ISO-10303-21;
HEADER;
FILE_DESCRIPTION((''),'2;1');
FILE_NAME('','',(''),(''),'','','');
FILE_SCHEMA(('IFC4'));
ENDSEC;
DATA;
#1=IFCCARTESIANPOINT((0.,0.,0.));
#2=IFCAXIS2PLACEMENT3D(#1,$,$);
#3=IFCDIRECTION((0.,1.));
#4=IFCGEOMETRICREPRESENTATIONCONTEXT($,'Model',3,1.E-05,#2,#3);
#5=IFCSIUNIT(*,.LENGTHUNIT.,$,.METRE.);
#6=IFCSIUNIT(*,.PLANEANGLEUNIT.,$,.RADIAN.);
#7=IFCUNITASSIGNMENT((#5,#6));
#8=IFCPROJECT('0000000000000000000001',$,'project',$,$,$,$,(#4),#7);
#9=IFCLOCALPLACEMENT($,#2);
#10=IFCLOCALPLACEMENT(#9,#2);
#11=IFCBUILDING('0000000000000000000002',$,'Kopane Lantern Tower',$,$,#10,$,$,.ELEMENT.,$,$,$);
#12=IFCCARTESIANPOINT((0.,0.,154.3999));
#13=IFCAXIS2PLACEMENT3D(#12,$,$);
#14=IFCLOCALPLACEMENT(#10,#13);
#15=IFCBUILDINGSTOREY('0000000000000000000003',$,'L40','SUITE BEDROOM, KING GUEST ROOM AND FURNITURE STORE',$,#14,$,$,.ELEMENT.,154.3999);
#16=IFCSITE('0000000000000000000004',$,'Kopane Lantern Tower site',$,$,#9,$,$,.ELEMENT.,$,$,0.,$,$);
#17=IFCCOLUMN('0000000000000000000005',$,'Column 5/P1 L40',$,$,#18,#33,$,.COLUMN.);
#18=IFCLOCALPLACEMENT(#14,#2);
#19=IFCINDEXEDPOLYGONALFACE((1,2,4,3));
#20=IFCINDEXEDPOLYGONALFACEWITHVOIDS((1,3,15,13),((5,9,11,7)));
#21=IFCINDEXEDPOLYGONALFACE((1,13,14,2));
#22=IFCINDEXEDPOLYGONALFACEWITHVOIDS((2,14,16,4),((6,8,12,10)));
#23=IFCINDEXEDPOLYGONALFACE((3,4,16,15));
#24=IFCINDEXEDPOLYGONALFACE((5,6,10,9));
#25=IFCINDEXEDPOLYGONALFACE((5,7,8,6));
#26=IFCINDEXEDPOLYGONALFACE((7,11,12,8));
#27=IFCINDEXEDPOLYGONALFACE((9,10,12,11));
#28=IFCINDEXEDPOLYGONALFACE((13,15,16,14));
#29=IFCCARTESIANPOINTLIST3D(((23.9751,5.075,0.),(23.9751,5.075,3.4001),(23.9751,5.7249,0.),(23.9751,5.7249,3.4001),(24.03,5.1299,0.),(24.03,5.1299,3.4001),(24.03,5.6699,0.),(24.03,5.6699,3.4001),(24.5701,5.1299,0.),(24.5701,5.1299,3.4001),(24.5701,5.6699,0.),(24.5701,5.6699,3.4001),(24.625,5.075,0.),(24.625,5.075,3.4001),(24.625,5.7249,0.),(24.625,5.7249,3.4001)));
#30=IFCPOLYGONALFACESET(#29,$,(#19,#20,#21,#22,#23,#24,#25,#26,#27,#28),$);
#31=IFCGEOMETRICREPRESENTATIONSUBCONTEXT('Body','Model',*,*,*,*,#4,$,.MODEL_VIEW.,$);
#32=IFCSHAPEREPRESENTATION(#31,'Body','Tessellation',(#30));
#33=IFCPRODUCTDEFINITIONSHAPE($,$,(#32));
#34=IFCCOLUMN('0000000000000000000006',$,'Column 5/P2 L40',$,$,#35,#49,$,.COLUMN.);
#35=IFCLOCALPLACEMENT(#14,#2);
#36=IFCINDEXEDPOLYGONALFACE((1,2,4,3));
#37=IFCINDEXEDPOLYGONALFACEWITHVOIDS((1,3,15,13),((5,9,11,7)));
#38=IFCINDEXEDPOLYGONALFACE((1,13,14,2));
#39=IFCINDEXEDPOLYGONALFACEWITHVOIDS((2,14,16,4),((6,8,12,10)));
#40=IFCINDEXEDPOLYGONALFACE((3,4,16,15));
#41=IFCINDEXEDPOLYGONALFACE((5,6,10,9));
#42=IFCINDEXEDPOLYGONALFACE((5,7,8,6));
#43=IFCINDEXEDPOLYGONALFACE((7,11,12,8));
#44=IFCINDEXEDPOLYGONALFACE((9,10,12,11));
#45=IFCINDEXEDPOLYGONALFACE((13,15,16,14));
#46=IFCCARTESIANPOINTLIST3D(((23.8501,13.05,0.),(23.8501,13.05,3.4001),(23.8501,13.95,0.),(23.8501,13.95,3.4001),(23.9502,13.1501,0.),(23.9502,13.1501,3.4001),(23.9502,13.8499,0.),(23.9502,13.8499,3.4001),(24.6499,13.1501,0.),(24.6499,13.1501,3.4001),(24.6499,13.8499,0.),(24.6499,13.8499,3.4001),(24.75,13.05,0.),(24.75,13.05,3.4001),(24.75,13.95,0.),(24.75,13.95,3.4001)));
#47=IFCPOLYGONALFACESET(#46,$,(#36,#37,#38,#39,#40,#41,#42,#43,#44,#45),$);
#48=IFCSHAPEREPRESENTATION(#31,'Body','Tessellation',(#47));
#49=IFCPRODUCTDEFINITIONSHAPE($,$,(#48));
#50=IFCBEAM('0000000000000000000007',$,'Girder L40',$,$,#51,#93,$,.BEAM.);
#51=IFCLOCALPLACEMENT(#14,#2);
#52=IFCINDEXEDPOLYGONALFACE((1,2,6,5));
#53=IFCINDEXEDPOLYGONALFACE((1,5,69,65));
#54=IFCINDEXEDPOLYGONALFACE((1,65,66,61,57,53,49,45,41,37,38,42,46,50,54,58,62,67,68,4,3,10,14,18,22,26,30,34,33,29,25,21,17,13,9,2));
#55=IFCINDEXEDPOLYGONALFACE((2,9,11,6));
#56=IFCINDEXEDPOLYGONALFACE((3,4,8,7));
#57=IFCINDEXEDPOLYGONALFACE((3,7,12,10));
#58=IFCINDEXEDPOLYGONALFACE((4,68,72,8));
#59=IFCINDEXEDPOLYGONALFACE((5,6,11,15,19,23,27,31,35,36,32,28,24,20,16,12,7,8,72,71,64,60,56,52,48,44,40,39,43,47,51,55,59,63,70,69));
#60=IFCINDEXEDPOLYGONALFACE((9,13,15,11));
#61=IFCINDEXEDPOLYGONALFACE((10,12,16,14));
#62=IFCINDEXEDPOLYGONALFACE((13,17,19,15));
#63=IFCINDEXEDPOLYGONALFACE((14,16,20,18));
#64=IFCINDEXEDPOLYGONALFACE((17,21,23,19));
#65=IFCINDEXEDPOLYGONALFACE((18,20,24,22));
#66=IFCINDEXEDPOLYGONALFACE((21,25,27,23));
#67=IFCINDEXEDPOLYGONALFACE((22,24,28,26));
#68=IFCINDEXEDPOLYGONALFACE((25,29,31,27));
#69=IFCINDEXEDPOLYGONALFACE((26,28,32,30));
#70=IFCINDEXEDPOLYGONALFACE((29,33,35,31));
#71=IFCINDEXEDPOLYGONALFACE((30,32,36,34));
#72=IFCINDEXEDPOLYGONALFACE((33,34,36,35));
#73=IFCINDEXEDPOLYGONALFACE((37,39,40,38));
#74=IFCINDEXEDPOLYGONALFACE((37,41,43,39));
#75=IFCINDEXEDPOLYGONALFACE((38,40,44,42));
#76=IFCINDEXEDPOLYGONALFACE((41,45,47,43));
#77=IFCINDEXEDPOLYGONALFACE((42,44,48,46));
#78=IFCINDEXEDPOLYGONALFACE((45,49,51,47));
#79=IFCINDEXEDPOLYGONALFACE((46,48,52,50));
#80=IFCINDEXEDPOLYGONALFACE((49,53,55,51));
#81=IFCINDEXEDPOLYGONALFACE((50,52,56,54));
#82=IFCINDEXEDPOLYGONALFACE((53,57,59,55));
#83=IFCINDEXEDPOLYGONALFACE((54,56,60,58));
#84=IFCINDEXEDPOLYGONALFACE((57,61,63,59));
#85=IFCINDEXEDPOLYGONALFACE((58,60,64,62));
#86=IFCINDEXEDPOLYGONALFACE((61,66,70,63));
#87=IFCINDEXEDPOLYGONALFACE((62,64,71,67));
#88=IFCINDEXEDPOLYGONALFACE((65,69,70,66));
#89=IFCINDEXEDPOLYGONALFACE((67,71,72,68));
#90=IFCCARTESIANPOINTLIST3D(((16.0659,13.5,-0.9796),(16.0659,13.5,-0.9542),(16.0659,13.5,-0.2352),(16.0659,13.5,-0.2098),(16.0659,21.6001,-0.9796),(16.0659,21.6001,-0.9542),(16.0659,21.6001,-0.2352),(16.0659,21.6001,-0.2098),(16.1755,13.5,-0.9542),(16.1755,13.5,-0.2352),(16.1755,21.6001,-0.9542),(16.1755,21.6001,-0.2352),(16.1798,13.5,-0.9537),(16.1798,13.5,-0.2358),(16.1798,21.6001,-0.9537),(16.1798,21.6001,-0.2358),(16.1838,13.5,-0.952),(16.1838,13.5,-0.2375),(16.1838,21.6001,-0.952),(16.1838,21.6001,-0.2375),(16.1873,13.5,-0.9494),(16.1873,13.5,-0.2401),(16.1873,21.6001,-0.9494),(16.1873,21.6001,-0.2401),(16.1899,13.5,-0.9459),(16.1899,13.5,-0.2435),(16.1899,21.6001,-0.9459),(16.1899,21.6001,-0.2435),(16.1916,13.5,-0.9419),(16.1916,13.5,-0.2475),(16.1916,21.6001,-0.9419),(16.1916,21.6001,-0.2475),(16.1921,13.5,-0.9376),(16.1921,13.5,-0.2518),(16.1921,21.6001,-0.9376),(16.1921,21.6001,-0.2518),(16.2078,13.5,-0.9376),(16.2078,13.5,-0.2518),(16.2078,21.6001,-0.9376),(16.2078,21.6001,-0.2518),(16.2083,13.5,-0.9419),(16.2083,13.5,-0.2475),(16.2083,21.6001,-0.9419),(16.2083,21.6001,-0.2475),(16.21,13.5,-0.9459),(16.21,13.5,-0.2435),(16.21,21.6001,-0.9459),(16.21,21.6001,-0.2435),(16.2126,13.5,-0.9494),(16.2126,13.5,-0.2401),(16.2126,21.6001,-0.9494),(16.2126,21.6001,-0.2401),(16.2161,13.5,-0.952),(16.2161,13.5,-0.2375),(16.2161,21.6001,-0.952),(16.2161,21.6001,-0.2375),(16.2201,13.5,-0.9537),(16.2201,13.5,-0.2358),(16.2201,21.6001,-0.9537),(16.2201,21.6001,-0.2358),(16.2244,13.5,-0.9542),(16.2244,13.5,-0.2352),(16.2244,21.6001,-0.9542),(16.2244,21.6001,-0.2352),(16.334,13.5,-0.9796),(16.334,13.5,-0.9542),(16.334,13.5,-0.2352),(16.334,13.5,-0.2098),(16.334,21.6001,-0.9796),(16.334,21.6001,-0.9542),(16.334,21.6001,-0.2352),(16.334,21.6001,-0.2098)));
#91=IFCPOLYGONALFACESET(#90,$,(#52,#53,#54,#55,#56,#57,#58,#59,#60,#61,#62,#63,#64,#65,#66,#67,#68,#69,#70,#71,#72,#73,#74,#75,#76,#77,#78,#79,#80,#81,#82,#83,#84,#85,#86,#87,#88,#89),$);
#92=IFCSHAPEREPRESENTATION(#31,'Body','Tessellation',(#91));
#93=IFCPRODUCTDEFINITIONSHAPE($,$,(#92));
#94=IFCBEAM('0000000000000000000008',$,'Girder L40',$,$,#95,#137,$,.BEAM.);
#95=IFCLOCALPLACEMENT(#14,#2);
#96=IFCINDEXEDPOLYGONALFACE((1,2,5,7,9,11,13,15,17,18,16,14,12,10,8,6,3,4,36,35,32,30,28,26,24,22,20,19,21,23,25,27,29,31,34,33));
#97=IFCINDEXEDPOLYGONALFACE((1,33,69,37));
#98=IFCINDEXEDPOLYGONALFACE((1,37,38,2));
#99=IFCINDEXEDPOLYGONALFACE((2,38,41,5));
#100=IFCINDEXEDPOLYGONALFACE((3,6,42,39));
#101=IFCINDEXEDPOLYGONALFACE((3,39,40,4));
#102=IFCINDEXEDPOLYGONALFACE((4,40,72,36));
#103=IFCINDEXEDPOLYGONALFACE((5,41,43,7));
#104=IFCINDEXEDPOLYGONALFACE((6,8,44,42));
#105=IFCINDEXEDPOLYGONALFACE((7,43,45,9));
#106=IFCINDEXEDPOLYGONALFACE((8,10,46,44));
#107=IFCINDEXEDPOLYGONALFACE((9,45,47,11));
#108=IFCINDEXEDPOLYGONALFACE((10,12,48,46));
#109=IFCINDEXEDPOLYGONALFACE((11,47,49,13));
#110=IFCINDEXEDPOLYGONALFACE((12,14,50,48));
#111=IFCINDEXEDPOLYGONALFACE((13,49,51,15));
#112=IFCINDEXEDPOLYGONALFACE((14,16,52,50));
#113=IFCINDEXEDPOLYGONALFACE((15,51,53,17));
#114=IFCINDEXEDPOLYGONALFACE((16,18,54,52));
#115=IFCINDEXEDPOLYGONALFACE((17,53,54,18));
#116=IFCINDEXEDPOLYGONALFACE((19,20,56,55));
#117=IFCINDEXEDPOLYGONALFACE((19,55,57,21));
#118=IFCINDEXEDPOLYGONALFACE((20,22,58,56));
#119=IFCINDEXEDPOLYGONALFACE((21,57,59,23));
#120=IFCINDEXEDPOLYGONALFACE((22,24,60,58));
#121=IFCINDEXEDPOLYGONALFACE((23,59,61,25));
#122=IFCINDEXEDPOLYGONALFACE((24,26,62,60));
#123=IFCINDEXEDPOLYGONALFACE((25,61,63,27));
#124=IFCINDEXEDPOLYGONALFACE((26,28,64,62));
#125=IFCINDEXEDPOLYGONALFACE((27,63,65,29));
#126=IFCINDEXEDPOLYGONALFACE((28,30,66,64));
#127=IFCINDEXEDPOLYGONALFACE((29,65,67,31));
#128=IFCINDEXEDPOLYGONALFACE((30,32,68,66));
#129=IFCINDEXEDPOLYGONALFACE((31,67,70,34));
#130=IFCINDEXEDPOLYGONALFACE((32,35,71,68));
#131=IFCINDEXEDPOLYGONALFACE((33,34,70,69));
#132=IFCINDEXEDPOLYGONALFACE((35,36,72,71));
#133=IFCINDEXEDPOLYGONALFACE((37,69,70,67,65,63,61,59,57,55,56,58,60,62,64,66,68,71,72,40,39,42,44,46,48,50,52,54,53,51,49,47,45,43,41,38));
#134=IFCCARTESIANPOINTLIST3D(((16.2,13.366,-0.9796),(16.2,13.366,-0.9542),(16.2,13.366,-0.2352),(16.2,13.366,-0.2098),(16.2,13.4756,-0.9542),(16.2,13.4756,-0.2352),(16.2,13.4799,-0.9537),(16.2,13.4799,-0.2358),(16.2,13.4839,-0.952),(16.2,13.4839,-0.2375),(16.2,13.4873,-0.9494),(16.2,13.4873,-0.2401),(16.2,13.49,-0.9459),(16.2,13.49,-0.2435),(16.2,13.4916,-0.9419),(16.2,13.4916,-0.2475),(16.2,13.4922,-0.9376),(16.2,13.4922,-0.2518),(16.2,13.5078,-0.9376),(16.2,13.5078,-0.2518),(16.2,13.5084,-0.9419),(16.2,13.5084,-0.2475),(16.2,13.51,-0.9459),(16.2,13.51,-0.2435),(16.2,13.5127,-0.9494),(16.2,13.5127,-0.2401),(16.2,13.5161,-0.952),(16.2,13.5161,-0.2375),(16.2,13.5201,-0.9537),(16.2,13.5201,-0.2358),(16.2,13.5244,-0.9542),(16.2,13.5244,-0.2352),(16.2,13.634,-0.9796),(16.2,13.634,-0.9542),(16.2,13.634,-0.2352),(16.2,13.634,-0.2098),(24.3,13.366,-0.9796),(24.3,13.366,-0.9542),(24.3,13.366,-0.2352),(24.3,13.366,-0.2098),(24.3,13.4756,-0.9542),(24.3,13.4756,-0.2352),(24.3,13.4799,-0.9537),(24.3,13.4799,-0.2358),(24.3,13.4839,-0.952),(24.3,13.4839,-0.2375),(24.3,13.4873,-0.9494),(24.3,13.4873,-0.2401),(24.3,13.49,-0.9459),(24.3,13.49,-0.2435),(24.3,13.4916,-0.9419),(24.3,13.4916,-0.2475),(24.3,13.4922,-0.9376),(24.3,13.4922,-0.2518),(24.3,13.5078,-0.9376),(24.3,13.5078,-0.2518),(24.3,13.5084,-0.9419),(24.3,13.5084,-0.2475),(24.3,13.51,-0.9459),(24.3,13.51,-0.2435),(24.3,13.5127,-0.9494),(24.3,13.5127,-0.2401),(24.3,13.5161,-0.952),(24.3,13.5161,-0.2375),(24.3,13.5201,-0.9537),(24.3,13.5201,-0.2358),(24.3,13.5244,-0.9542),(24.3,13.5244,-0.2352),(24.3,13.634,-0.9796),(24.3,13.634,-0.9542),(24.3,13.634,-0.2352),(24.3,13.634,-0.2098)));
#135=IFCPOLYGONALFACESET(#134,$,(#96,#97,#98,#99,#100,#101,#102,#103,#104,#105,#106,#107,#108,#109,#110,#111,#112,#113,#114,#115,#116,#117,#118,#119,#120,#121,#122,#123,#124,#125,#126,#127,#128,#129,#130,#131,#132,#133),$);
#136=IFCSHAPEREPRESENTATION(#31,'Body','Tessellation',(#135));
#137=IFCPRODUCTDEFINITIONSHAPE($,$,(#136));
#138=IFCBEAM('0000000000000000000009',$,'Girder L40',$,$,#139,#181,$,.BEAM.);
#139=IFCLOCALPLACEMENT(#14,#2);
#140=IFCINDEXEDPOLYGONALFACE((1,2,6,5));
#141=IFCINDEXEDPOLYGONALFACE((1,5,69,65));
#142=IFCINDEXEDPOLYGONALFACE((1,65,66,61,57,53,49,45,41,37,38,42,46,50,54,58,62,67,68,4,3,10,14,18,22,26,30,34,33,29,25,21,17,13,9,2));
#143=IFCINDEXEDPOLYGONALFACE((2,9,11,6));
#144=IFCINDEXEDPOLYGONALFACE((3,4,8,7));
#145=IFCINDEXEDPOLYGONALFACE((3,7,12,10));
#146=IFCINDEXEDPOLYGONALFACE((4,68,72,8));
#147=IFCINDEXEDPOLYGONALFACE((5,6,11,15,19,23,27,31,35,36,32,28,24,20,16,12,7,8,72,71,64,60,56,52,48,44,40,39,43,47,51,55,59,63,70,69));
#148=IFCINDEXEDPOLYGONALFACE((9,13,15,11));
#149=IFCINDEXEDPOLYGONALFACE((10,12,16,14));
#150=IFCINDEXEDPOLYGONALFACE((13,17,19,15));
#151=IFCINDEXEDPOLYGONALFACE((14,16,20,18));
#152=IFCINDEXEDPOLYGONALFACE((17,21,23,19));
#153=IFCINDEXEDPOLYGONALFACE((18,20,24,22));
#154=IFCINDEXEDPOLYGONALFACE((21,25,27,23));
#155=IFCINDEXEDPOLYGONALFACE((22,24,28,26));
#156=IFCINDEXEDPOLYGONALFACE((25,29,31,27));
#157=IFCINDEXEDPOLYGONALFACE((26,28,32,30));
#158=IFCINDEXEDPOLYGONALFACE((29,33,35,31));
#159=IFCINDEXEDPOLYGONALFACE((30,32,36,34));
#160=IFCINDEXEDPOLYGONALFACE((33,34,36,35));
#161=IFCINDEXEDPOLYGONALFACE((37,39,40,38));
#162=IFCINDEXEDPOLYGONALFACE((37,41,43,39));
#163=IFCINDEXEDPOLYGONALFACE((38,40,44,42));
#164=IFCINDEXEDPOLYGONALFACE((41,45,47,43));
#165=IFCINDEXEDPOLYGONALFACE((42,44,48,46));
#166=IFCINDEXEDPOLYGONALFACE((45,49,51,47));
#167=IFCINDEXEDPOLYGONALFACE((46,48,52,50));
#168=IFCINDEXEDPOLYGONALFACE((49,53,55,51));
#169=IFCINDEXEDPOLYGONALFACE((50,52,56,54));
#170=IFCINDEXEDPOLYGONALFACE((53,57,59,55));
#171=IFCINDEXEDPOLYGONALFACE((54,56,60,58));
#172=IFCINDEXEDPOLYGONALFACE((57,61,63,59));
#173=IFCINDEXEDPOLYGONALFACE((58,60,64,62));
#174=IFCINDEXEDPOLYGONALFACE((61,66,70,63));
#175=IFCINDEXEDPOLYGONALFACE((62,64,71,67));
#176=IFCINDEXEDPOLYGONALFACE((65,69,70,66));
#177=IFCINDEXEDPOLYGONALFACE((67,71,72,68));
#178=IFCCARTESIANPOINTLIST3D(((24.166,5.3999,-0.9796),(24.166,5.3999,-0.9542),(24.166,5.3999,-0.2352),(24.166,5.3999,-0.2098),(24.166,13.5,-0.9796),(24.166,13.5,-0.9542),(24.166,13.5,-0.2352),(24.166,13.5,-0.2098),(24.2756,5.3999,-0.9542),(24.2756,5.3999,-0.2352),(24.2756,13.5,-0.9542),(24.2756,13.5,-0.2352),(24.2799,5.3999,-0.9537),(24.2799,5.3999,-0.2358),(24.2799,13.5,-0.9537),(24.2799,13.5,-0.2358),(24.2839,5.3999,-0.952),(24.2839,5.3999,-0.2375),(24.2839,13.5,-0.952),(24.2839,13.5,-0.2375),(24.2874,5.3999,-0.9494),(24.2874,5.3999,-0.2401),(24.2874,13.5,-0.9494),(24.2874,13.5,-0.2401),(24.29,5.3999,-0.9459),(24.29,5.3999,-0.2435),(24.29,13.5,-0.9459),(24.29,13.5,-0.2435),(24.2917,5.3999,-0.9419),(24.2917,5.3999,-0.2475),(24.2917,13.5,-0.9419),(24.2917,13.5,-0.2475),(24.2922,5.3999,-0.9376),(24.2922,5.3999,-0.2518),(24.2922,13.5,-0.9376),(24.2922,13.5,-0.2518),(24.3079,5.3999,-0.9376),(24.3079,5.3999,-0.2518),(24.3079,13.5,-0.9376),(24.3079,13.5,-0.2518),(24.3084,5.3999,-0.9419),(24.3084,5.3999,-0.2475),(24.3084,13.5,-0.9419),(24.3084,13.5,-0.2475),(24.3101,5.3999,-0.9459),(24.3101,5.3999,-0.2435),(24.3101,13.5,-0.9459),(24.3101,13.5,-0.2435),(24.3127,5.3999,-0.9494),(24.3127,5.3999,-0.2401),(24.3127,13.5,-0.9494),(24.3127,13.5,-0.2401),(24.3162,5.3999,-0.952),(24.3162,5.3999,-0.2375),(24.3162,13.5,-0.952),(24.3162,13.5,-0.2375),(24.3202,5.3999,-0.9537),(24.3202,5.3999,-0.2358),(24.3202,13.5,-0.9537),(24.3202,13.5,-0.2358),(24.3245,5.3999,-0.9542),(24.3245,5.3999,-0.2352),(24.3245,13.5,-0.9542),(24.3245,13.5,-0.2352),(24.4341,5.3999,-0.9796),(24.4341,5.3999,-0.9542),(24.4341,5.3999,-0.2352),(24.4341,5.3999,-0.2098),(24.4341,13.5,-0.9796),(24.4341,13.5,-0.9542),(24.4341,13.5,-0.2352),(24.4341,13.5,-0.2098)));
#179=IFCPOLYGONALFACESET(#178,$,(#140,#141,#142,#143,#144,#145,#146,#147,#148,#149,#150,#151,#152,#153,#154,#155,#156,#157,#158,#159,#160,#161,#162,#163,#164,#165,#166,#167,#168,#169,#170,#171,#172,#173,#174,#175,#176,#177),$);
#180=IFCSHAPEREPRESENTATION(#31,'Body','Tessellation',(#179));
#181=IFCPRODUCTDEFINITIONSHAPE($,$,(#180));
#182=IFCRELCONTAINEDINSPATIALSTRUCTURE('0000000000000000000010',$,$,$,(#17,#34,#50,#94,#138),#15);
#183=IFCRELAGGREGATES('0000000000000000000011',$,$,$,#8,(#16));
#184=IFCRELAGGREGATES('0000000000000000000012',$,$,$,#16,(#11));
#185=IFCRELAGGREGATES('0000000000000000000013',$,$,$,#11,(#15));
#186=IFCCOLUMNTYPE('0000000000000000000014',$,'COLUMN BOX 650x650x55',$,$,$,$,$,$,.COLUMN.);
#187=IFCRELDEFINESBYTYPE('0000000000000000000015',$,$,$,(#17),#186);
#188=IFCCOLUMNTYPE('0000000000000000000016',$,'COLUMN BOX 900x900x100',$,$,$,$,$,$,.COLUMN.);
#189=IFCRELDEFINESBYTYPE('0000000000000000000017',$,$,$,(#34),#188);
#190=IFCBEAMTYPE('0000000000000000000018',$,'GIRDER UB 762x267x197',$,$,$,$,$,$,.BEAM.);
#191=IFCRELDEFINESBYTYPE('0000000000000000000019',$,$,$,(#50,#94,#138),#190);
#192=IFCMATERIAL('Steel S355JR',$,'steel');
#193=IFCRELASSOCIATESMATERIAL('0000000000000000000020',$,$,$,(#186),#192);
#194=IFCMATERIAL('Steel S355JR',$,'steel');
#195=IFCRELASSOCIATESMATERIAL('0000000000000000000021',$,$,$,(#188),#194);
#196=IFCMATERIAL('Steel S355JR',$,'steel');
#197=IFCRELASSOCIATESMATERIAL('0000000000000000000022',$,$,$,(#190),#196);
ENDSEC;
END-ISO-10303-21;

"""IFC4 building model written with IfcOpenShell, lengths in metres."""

from ifc_helpers import new_model, si_unit, direction, frame, origin, origin_2d, place, context, subcontext, project, spatial, hollow_rectangle, i_section, extrude, material, material_profile, profile_set, type_object, element, save


model = new_model("IFC4")

# Units and contexts
model_context = context("Model", 3, precision=1e-05, world=origin(), true_north=direction((0.0, 1.0)))
body_context = subcontext(model_context, "Body", "Model", "MODEL_VIEW")
ifc_project = project(units=[si_unit("LENGTHUNIT", "METRE"), si_unit("PLANEANGLEUNIT", "RADIAN")], contexts=[model_context])

# Site, building, storey
site_placement = place(None, origin())
site = spatial("IfcSite", under=ifc_project, at=site_placement, Name="Kopane Lantern Tower site", CompositionType="ELEMENT", RefElevation=0.0)
building_placement = place(site_placement, origin())
building = spatial("IfcBuilding", under=site, at=building_placement, Name="Kopane Lantern Tower", CompositionType="ELEMENT")
storey_placement = place(building_placement, frame((0.0, 0.0, 154.3999)))
storey = spatial("IfcBuildingStorey", under=building, at=storey_placement, Name="L40", Description="SUITE BEDROOM, KING GUEST ROOM AND FURNITURE STORE", CompositionType="ELEMENT", Elevation=154.3999)

# Columns
ifc_material_1 = material(Name="Steel S355JR", Category="steel")
ifc_material_profile_1 = material_profile(ifc_material_1, hollow_rectangle(XDim=0.6499, YDim=0.6499, WallThickness=0.0549, at=origin_2d()), Name="BOX 650x650x55")
ifc_profile_set_1 = profile_set([ifc_material_profile_1], Name="Steel S355JR")
column_type_1 = type_object("IfcColumnType", Name="COLUMN BOX 650x650x55", PredefinedType="COLUMN", material=ifc_profile_set_1)
column_1_placement = place(storey_placement, frame((24.3, 5.3999, 0.0), z_axis=(0.0, 0.0, 1.0), x_axis=(1.0, 0.0, 0.0)))
element("IfcColumn", 1, at=column_1_placement, inside=storey, type_object=column_type_1, Name="Column 5/P1 L40", PredefinedType="COLUMN", context=body_context, shape_type="SweptSolid", body=[
    extrude(hollow_rectangle(XDim=0.6499, YDim=0.6499, WallThickness=0.0549, at=origin_2d()), origin(), (0.0, 0.0, 1.0), 3.4001),
])
ifc_material_2 = material(Name="Steel S355JR", Category="steel")
ifc_material_profile_2 = material_profile(ifc_material_2, hollow_rectangle(XDim=0.8999, YDim=0.8999, WallThickness=0.1001, at=origin_2d()), Name="BOX 900x900x100")
ifc_profile_set_2 = profile_set([ifc_material_profile_2], Name="Steel S355JR")
column_type_2 = type_object("IfcColumnType", Name="COLUMN BOX 900x900x100", PredefinedType="COLUMN", material=ifc_profile_set_2)
column_2_placement = place(storey_placement, frame((24.3, 13.5, 0.0), z_axis=(0.0, 0.0, 1.0), x_axis=(1.0, 0.0, 0.0)))
element("IfcColumn", 2, at=column_2_placement, inside=storey, type_object=column_type_2, Name="Column 5/P2 L40", PredefinedType="COLUMN", context=body_context, shape_type="SweptSolid", body=[
    extrude(hollow_rectangle(XDim=0.8999, YDim=0.8999, WallThickness=0.1001, at=origin_2d()), origin(), (0.0, 0.0, 1.0), 3.4001),
])

# Beams
ifc_material_3 = material(Name="Steel S355JR", Category="steel")
ifc_material_profile_3 = material_profile(ifc_material_3, i_section(OverallWidth=0.2681, OverallDepth=0.7698, WebThickness=0.0156, FlangeThickness=0.0254, FilletRadius=0.0166, at=origin_2d()), Name="UB 762x267x197")
ifc_profile_set_3 = profile_set([ifc_material_profile_3], Name="Steel S355JR")
beam_type = type_object("IfcBeamType", Name="GIRDER UB 762x267x197", PredefinedType="BEAM", material=ifc_profile_set_3)
for number, where, z_axis, x_axis, name in (
    (3, (16.2, 13.5, -0.5947), (0.0, 1.0, 0.0), (-1.0, 0.0, 0.0), "Girder L40"),
    (4, (16.2, 13.5, -0.5947), (1.0, 0.0, 0.0), (0.0, 1.0, 0.0), "Girder L40"),
    (5, (24.3, 5.3999, -0.5947), (0.0, 1.0, 0.0), (-1.0, 0.0, 0.0), "Girder L40"),
):
    element("IfcBeam", number, at=place(storey_placement, frame(where, z_axis=z_axis, x_axis=x_axis)), inside=storey, type_object=beam_type, Name=name, PredefinedType="BEAM", context=body_context, shape_type="SweptSolid", body=[
        extrude(i_section(OverallWidth=0.2681, OverallDepth=0.7698, WebThickness=0.0156, FlangeThickness=0.0254, FilletRadius=0.0166, at=origin_2d()), origin(), (0.0, 0.0, 1.0), 8.1001),
    ])

save(model, "model.ifc")
